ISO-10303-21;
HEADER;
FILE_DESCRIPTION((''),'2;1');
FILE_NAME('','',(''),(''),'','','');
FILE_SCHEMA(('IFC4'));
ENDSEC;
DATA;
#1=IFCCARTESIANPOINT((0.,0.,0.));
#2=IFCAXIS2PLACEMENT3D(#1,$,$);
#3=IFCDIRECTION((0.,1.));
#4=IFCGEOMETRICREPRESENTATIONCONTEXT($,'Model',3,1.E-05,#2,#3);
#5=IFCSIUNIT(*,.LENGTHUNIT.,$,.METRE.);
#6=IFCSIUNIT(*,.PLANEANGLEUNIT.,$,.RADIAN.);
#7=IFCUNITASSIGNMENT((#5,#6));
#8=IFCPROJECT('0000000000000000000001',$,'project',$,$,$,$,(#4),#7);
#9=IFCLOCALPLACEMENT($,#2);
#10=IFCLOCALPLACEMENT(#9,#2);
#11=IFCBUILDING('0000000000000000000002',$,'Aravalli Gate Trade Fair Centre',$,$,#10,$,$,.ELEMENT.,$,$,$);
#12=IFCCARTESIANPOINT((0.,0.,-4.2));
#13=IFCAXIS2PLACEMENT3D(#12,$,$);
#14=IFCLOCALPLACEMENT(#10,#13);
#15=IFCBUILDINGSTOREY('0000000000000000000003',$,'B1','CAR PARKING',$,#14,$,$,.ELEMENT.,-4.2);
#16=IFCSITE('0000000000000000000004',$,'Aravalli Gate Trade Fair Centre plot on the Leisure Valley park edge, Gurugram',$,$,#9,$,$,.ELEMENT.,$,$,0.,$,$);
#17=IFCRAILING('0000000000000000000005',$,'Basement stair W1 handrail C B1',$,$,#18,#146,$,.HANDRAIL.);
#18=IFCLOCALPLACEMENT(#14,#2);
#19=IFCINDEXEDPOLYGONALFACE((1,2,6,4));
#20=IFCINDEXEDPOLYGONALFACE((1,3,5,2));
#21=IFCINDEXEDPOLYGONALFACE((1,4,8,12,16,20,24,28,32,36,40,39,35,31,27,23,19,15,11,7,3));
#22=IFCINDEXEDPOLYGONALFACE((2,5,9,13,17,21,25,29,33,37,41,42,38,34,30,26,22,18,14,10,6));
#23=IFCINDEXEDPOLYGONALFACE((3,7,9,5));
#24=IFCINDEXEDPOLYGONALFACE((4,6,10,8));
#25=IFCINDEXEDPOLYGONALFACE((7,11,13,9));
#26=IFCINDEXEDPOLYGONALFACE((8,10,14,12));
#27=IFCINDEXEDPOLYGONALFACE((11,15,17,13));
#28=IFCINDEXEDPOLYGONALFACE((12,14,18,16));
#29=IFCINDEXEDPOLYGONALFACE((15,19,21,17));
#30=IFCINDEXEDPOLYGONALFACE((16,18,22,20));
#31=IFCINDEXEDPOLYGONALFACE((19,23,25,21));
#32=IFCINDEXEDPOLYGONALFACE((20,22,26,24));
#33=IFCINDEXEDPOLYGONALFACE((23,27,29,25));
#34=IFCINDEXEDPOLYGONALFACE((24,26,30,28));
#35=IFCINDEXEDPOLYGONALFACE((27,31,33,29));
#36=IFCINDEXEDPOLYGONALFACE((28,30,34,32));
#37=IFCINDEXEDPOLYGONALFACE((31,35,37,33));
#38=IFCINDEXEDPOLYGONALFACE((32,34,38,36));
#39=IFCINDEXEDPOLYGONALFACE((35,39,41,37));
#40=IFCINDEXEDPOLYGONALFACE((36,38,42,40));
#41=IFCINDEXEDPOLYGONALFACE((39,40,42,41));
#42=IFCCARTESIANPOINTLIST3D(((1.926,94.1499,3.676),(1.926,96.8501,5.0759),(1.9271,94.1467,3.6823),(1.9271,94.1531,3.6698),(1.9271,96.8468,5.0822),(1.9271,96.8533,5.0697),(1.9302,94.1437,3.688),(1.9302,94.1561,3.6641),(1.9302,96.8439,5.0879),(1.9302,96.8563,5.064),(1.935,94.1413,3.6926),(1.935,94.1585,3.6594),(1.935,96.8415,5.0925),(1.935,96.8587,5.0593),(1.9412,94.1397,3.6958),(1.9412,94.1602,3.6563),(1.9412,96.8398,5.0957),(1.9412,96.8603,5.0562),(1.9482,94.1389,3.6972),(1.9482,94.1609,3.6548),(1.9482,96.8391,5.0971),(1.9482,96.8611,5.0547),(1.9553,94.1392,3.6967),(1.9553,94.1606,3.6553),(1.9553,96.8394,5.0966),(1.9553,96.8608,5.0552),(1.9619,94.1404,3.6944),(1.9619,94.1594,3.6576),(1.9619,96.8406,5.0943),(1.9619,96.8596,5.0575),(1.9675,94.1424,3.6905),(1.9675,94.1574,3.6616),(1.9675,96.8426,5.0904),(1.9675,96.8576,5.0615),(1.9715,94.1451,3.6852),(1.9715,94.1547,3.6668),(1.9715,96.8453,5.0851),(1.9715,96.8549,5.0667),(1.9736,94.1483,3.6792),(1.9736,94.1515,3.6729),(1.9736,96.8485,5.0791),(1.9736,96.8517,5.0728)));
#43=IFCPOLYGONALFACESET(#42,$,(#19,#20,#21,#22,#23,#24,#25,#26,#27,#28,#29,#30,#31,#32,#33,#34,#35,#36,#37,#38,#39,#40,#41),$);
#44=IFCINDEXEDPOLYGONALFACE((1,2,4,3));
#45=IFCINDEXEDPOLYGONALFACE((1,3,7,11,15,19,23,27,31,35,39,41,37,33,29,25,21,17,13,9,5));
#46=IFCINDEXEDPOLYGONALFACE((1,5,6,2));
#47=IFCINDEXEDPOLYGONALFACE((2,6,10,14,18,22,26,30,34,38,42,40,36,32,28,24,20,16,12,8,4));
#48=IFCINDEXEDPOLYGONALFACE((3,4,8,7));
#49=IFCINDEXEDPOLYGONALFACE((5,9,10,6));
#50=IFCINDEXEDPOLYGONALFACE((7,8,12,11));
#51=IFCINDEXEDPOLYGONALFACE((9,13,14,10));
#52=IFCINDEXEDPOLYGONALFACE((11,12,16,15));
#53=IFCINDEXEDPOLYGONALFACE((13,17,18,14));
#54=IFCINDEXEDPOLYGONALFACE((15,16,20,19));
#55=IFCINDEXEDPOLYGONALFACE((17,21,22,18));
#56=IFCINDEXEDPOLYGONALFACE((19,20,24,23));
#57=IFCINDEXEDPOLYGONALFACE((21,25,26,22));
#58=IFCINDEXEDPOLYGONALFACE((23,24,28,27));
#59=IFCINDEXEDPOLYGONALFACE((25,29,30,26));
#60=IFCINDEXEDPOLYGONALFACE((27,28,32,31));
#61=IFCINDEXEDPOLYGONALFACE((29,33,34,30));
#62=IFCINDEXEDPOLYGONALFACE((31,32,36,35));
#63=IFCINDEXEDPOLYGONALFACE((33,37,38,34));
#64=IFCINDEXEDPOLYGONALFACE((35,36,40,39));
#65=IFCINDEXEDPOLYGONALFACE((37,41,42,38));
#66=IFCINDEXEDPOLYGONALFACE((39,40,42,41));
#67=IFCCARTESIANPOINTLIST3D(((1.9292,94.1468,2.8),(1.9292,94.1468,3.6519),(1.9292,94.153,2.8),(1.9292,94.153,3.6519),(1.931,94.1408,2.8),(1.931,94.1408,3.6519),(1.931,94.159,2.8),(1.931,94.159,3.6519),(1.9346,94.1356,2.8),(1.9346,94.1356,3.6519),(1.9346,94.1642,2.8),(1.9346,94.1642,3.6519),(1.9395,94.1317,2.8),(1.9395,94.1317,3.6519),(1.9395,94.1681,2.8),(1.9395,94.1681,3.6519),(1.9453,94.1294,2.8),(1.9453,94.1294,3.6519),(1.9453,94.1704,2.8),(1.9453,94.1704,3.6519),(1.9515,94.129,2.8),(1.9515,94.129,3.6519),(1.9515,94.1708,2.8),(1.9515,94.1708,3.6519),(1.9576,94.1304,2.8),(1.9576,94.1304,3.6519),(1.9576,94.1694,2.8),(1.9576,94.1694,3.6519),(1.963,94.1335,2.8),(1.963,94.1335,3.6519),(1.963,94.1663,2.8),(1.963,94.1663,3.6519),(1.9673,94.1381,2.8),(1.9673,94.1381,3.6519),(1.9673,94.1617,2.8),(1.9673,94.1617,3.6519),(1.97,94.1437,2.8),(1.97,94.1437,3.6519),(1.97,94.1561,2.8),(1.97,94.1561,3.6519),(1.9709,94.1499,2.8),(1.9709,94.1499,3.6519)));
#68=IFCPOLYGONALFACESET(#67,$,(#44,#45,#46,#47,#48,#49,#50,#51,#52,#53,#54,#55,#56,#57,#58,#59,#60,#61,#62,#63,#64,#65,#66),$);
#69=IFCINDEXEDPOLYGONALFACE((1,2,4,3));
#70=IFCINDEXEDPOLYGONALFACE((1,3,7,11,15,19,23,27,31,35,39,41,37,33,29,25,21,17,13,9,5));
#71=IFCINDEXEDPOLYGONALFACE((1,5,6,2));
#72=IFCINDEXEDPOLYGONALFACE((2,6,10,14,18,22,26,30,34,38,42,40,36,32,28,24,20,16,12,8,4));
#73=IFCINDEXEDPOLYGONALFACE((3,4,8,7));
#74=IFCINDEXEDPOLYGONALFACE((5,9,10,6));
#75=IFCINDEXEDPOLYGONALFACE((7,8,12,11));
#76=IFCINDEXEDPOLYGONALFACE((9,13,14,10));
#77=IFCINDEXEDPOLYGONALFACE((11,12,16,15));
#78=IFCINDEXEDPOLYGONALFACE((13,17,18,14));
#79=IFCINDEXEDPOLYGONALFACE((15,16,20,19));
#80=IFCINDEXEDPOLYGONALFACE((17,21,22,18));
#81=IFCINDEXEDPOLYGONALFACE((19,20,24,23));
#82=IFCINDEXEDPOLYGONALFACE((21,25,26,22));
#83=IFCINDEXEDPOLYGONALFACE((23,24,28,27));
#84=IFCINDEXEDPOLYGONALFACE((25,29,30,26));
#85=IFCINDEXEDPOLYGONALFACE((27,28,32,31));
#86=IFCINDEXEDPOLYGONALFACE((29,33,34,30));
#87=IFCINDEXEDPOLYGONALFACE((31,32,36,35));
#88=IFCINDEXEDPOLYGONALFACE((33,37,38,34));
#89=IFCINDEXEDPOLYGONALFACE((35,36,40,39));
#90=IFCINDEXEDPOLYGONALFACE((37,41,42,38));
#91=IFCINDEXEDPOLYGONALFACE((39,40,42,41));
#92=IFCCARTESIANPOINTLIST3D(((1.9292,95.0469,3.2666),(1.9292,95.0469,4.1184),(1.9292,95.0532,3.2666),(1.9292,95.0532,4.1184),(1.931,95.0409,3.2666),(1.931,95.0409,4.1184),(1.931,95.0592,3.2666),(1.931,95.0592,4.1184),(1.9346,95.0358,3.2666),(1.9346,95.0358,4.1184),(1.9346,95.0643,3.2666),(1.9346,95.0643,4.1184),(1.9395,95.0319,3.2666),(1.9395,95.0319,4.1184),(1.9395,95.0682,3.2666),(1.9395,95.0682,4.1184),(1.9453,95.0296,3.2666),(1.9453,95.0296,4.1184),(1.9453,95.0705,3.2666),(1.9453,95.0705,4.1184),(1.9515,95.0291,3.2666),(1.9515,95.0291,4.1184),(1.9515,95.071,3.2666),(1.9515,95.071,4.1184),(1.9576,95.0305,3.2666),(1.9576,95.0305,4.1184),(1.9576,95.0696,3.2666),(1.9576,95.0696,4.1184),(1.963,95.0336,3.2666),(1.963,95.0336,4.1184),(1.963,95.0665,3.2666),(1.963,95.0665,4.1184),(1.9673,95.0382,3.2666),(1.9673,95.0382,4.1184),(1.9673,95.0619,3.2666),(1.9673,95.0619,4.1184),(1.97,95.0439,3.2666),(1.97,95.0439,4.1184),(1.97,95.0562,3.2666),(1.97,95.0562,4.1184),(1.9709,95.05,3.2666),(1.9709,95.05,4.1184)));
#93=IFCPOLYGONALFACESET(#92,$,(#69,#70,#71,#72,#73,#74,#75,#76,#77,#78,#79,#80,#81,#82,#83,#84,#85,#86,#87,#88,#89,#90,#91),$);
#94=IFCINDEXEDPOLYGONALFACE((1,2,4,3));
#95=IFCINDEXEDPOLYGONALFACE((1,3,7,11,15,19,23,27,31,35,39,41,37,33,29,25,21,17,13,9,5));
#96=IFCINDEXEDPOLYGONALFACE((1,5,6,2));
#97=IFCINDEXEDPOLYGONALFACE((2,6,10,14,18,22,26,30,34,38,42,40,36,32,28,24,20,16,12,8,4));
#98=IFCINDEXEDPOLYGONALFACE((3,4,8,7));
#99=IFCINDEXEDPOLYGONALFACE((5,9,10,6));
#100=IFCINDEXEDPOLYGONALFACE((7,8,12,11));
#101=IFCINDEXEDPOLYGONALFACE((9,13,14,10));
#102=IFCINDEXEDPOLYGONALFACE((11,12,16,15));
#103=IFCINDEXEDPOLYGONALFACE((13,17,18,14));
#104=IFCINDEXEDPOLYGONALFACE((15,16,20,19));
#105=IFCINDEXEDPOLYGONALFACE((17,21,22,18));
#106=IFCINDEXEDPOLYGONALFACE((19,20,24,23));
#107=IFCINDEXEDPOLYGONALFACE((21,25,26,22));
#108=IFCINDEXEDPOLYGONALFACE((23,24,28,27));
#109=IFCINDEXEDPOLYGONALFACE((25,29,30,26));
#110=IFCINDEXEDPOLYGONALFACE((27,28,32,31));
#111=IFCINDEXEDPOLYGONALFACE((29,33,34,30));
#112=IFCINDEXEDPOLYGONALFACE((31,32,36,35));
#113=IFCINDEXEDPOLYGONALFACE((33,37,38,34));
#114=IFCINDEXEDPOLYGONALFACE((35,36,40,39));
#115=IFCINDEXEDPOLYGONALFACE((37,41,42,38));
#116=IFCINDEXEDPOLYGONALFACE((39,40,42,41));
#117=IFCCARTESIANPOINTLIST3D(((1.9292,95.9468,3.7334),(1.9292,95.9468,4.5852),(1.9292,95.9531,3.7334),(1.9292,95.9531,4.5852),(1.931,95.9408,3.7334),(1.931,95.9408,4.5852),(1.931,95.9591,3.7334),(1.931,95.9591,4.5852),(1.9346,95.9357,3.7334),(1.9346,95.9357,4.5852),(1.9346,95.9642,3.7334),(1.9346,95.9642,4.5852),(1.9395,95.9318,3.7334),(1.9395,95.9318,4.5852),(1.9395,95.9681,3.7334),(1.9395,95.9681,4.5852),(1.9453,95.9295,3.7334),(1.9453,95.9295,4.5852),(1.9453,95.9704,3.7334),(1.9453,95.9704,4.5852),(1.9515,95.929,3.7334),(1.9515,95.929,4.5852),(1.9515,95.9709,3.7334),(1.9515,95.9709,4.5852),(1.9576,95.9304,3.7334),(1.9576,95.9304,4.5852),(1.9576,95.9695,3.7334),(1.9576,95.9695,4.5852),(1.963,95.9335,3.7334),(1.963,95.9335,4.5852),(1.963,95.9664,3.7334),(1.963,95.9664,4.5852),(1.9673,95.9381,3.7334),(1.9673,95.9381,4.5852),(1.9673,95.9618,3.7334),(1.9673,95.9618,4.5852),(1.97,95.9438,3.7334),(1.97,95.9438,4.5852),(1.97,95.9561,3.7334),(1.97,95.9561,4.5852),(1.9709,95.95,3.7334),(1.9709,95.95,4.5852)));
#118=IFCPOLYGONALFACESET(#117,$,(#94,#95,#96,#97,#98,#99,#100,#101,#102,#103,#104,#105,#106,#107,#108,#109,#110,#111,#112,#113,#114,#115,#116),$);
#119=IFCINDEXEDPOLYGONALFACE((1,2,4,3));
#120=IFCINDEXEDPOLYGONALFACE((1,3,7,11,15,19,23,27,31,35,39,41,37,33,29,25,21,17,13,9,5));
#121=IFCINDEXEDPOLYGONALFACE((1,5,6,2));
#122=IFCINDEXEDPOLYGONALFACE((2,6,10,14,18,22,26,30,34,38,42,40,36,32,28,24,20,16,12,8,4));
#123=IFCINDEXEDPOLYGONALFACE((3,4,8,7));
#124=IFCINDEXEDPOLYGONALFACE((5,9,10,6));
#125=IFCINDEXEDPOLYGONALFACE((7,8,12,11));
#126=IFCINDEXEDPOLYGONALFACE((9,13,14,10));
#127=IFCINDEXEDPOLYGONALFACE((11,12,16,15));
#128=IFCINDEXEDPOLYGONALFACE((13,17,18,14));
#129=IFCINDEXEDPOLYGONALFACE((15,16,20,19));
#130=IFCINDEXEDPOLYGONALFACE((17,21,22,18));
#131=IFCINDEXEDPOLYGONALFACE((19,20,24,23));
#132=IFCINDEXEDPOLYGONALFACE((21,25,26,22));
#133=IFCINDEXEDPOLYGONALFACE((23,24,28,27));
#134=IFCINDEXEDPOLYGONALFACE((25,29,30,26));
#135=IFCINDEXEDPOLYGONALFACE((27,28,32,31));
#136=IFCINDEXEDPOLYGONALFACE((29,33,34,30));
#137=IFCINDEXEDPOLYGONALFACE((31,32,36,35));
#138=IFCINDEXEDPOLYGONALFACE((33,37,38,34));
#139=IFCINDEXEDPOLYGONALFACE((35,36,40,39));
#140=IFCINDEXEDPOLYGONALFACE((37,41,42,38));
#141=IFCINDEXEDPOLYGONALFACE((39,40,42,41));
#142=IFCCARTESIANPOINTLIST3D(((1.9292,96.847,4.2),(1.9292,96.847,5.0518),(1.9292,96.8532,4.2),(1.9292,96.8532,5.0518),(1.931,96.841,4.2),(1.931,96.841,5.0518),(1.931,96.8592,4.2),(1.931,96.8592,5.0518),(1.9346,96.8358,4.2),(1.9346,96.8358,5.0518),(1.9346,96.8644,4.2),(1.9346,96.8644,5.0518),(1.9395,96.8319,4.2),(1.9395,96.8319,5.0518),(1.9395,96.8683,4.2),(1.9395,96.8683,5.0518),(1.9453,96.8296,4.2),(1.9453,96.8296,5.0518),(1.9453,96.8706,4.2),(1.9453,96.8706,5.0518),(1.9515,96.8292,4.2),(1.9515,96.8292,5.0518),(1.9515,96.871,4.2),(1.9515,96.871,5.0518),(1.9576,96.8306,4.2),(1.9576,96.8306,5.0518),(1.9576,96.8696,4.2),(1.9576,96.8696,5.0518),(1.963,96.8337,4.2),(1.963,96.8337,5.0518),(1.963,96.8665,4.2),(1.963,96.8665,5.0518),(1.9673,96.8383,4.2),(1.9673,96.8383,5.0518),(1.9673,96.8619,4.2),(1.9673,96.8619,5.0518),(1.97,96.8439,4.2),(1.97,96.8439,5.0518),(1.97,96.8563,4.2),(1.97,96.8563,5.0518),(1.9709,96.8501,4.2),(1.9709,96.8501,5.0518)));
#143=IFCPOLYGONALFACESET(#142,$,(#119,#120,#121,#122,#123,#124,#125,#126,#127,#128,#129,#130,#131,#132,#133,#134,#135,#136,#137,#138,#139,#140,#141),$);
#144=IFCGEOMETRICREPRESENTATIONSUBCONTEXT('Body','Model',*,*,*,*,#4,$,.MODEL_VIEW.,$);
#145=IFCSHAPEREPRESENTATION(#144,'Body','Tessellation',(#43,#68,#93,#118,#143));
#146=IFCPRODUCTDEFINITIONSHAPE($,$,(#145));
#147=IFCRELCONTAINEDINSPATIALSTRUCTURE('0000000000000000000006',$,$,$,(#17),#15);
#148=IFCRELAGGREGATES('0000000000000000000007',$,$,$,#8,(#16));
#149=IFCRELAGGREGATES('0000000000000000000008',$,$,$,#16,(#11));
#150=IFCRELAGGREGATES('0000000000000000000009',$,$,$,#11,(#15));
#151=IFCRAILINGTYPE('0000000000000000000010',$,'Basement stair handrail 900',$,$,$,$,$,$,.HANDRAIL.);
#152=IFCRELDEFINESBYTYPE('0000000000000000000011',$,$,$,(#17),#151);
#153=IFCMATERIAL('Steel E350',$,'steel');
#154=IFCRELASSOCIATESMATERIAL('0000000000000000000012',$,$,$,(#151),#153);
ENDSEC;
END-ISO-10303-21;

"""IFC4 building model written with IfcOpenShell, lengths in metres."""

from ifc_helpers import new_model, si_unit, direction, frame, origin, origin_2d, place, context, subcontext, project, spatial, circle, extrude, material, type_object, element, save


model = new_model("IFC4")

# Units and contexts
model_context = context("Model", 3, precision=1e-05, world=origin(), true_north=direction((0.0, 1.0)))
body_context = subcontext(model_context, "Body", "Model", "MODEL_VIEW")
ifc_project = project(units=[si_unit("LENGTHUNIT", "METRE"), si_unit("PLANEANGLEUNIT", "RADIAN")], contexts=[model_context])

# Site, building, storey
site_placement = place(None, origin())
site = spatial("IfcSite", under=ifc_project, at=site_placement, Name="Aravalli Gate Trade Fair Centre plot on the Leisure Valley park edge, Gurugram", CompositionType="ELEMENT", RefElevation=0.0)
building_placement = place(site_placement, origin())
building = spatial("IfcBuilding", under=site, at=building_placement, Name="Aravalli Gate Trade Fair Centre", CompositionType="ELEMENT")
storey_placement = place(building_placement, frame((0.0, 0.0, -4.2)))
storey = spatial("IfcBuildingStorey", under=building, at=storey_placement, Name="B1", Description="CAR PARKING", CompositionType="ELEMENT", Elevation=-4.2)

# Railing
ifc_material_1 = material(Name="Steel E350", Category="steel")
railing_type_1 = type_object("IfcRailingType", Name="Basement stair handrail 900", PredefinedType="HANDRAIL", material=ifc_material_1)
for number, where, name in (
    (1, (1.95, 94.1499, 2.8), "Basement stair W1 handrail C B1"),
):
    element("IfcRailing", number, at=place(storey_placement, frame(where)), inside=storey, type_object=railing_type_1, Name=name, PredefinedType="HANDRAIL", context=body_context, shape_type="SweptSolid", body=[
        extrude(circle(Radius=0.0239, at=origin_2d()), frame((0.0, 0.0, 0.876), z_axis=(0.0, 0.887781, 0.460266), x_axis=(-1.0, 0.0, 0.0)), (0.0, 0.0, 1.0), 3.0415),
        extrude(circle(Radius=0.021, at=origin_2d()), origin(), (0.0, 0.0, 1.0), 0.8518),
        extrude(circle(Radius=0.021, at=origin_2d()), frame((0.0, 0.9001, 0.4666)), (0.0, 0.0, 1.0), 0.8518),
        extrude(circle(Radius=0.021, at=origin_2d()), frame((0.0, 1.8, 0.9333)), (0.0, 0.0, 1.0), 0.8518),
        extrude(circle(Radius=0.021, at=origin_2d()), frame((0.0, 2.7002, 1.3999)), (0.0, 0.0, 1.0), 0.8518),
    ])

save(model, "model.ifc")
